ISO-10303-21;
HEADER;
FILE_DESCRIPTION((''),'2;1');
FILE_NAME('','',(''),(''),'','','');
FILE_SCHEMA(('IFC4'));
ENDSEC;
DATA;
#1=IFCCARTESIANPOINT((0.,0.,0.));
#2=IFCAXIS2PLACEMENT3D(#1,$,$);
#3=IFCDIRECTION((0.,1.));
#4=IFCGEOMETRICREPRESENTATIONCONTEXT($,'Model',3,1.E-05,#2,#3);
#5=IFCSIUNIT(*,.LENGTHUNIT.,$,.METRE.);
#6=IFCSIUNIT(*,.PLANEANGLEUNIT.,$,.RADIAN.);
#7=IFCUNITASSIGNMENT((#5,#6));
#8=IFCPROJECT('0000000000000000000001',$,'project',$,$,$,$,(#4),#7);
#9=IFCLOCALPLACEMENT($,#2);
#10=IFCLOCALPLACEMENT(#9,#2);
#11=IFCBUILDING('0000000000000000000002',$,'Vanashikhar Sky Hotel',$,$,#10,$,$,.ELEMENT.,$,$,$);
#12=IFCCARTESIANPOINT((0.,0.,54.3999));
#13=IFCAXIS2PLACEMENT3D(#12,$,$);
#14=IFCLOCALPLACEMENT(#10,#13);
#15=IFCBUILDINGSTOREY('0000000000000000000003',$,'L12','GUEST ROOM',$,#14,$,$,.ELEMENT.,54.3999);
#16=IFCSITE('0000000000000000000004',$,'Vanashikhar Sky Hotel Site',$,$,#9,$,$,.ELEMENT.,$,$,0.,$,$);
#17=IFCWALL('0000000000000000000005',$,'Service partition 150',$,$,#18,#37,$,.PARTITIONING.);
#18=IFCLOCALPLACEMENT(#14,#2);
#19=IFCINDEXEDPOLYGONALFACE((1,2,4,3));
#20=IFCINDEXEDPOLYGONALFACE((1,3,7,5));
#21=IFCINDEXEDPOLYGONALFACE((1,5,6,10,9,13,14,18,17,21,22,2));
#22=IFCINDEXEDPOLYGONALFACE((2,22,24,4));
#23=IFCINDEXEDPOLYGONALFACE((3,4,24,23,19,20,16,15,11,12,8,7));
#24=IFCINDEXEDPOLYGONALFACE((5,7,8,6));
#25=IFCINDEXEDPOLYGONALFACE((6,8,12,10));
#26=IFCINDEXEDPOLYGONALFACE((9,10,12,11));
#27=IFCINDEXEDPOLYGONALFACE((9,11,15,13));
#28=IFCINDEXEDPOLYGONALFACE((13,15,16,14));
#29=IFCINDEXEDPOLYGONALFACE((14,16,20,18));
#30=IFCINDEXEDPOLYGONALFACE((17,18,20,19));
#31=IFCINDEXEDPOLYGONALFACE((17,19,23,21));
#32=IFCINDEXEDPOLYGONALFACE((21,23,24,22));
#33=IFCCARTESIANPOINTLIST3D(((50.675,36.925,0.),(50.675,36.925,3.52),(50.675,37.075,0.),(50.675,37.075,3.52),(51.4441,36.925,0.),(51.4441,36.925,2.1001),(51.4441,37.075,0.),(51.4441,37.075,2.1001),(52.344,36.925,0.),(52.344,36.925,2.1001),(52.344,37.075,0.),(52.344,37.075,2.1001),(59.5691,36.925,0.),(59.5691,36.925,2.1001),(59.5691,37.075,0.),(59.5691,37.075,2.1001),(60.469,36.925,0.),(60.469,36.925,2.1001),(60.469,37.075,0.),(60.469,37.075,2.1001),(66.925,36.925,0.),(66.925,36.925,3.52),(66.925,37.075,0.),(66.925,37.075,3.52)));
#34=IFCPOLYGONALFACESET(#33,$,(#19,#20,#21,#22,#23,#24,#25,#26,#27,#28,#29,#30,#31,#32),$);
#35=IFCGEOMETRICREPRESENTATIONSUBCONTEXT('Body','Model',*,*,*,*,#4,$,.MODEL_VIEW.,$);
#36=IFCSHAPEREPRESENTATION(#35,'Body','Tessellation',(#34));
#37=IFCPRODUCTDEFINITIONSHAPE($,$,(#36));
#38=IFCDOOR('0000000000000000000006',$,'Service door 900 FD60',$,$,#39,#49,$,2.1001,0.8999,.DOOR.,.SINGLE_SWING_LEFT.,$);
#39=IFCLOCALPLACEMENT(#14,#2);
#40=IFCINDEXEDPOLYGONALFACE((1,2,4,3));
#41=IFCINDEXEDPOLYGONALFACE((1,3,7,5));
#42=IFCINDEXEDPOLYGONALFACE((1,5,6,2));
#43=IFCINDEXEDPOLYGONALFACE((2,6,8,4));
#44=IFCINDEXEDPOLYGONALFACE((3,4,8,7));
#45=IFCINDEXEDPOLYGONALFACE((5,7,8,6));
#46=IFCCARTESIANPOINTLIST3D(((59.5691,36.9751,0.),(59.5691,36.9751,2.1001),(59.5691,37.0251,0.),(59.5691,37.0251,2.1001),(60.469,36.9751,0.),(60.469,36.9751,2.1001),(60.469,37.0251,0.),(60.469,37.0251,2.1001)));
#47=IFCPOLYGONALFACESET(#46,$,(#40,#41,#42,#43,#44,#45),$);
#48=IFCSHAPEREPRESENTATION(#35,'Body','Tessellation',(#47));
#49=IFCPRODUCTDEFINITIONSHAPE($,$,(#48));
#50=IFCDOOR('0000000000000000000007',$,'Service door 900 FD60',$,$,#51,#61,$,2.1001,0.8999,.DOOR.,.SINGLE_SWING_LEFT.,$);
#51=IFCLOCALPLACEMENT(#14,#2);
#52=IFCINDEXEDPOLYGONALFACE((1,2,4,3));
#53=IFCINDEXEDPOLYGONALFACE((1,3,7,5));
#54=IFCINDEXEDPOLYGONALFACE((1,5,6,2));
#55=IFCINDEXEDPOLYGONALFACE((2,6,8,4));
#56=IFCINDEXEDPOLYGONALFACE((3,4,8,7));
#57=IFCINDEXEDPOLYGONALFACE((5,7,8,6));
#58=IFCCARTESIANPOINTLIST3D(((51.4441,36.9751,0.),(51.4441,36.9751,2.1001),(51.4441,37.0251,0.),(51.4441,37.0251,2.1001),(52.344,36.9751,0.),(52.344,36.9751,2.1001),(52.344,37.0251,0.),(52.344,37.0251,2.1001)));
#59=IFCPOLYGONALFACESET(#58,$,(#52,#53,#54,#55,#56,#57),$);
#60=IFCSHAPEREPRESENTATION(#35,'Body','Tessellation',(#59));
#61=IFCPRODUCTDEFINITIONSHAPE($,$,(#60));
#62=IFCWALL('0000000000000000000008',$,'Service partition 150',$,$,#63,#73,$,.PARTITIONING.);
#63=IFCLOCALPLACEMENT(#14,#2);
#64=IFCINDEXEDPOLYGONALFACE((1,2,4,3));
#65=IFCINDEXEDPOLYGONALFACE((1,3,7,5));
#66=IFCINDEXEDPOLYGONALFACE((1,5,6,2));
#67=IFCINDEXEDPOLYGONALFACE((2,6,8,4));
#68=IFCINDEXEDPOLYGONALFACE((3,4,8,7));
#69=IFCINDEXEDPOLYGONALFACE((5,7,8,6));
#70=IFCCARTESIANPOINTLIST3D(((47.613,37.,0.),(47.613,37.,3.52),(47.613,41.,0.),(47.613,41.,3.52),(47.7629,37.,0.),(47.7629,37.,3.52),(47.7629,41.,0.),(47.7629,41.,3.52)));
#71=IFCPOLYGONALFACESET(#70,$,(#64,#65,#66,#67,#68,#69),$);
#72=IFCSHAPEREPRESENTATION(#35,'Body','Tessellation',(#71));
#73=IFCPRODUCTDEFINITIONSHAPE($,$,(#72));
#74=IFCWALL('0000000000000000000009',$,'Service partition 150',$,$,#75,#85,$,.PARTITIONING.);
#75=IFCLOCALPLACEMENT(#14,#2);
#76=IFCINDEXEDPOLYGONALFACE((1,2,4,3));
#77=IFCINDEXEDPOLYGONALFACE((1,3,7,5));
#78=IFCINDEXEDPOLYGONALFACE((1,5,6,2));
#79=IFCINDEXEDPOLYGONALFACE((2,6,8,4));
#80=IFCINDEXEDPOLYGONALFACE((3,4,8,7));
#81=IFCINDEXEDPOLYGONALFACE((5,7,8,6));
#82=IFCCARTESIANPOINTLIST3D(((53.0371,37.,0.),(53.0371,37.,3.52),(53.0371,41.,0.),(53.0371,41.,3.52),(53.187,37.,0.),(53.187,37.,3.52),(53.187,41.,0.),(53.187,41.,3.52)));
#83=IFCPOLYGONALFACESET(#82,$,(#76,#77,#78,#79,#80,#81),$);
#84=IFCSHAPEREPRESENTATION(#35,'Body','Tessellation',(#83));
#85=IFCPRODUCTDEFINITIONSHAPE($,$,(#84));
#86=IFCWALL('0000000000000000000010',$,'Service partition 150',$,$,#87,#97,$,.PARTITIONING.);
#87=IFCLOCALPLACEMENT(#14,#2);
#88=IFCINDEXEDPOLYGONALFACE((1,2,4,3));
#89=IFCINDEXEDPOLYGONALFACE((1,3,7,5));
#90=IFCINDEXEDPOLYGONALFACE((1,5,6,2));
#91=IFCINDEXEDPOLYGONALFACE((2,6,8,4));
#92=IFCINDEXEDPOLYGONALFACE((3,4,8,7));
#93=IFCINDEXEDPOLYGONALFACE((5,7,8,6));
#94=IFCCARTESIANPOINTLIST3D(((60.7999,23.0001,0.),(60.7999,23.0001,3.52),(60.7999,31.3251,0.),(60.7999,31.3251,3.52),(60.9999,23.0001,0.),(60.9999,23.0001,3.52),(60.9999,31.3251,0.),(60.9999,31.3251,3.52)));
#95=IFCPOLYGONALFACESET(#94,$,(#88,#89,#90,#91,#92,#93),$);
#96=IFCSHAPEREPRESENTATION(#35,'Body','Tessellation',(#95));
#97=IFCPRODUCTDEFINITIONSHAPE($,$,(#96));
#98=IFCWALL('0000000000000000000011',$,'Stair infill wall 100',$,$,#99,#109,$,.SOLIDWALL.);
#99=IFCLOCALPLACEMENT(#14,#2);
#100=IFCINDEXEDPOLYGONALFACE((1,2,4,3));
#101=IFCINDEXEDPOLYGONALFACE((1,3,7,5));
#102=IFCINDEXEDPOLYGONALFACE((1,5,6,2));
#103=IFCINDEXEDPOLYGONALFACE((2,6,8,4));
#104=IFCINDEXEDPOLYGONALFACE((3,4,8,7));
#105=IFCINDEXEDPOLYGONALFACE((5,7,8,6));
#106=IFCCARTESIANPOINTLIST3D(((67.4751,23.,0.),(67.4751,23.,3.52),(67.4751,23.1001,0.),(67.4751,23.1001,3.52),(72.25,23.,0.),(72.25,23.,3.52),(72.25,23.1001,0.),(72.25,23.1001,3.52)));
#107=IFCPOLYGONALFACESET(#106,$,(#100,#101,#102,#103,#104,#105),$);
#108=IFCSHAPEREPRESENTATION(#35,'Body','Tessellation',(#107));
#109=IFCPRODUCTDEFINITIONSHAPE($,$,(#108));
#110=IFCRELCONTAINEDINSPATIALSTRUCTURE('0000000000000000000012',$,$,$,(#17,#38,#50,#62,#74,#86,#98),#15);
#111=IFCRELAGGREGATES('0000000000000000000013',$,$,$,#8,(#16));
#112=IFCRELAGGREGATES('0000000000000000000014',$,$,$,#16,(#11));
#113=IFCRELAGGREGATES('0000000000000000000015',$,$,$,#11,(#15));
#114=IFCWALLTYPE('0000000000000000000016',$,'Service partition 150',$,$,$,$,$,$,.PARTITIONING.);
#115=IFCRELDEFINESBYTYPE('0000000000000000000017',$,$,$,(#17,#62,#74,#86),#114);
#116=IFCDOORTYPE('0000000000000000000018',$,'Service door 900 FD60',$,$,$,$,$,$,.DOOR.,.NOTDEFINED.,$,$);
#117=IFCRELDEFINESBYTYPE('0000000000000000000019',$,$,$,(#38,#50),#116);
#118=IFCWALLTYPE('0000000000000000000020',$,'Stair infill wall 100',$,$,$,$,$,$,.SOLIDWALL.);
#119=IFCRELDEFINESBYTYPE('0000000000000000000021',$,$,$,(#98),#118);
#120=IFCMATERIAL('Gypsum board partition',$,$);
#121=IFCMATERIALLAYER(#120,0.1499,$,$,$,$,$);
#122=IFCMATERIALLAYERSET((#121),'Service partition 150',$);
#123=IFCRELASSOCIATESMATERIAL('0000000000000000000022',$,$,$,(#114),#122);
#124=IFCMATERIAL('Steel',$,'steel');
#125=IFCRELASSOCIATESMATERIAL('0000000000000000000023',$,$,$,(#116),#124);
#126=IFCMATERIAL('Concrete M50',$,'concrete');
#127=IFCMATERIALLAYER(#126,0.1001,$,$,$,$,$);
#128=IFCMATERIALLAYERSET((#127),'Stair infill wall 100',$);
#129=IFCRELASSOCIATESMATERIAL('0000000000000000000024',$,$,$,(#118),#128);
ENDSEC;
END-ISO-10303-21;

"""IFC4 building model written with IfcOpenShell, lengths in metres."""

from ifc_helpers import new_model, si_unit, direction, frame, frame_2d, origin, place, context, subcontext, project, spatial, rectangle, extrude, source, transform, mapped, material, layer, layer_set, type_object, element, fill, save


model = new_model("IFC4")

# Units and contexts
model_context = context("Model", 3, precision=1e-05, world=origin(), true_north=direction((0.0, 1.0)))
body_context = subcontext(model_context, "Body", "Model", "MODEL_VIEW")
ifc_project = project(units=[si_unit("LENGTHUNIT", "METRE"), si_unit("PLANEANGLEUNIT", "RADIAN")], contexts=[model_context])

# Site, building, storey
site_placement = place(None, origin())
site = spatial("IfcSite", under=ifc_project, at=site_placement, Name="Vanashikhar Sky Hotel Site", CompositionType="ELEMENT", RefElevation=0.0)
building_placement = place(site_placement, origin())
building = spatial("IfcBuilding", under=site, at=building_placement, Name="Vanashikhar Sky Hotel", CompositionType="ELEMENT")
storey_placement = place(building_placement, frame((0.0, 0.0, 54.3999)))
storey = spatial("IfcBuildingStorey", under=building, at=storey_placement, Name="L12", Description="GUEST ROOM", CompositionType="ELEMENT", Elevation=54.3999)

# Shared definitions
ifc_material_1 = material(Name="Steel", Category="steel")

# Shared definitions
ifc_material_2 = material(Name="Gypsum board partition")
ifc_layer_1 = layer(ifc_material_2, 0.1499)
ifc_layer_set_1 = layer_set([ifc_layer_1], Name="Service partition 150")
wall_type_1 = type_object("IfcWallType", Name="Service partition 150", PredefinedType="PARTITIONING", material=ifc_layer_set_1)

# Wall, openings, doors
shared_shape_1 = source(origin(), body_context, "Body", "SweptSolid", [
    extrude(rectangle(XDim=0.8999, YDim=2.1001, at=frame_2d((0.45, 1.05))), frame((0.0, 0.085, 0.0), z_axis=(0.0, -1.0, 0.0), x_axis=(1.0, 0.0, 0.0)), (0.0, 0.0, 1.0), 0.1699),
])
door_type_1 = type_object("IfcDoorType", Name="Service door 900 FD60", OperationType="NOTDEFINED", PredefinedType="DOOR", material=ifc_material_1)
shared_shape_2 = source(origin(), body_context, "Body", "SweptSolid", [
    extrude(rectangle(XDim=0.8999, YDim=2.1001, at=frame_2d((0.45, 1.05))), frame((0.0, 0.0249, 0.0), z_axis=(0.0, -1.0, 0.0), x_axis=(1.0, 0.0, 0.0)), (0.0, 0.0, 1.0), 0.05),
])
shared_shape_3 = source(origin(), body_context, "Body", "SweptSolid", [
    extrude(rectangle(XDim=16.25, YDim=0.1499, at=frame_2d((8.125, 0.0))), origin(), (0.0, 0.0, 1.0), 3.52),
])
wall_1_placement = place(storey_placement, frame((66.925, 37.0, 0.0), z_axis=(0.0, 0.0, 1.0), x_axis=(-1.0, 0.0, 0.0)))
wall_1 = element("IfcWall", 1, at=wall_1_placement, inside=storey, type_object=wall_type_1, Name="Service partition 150", PredefinedType="PARTITIONING", context=body_context, shape_type="MappedRepresentation", body=[
    mapped(shared_shape_3, transform((0.0, 0.0, 0.0), scale=1.0)),
])
opening_1_placement = place(wall_1_placement, frame((6.4561, 0.0, 0.0)))
opening_1 = element("IfcOpeningElement", 2, at=opening_1_placement, cuts=wall_1, PredefinedType="OPENING", context=body_context, shape_type="MappedRepresentation", body=[
    mapped(shared_shape_1, transform((0.0, 0.0, 0.0), scale=1.0)),
])
opening_2_placement = place(wall_1_placement, frame((14.5811, 0.0, 0.0)))
opening_2 = element("IfcOpeningElement", 3, at=opening_2_placement, cuts=wall_1, PredefinedType="OPENING", context=body_context, shape_type="MappedRepresentation", body=[
    mapped(shared_shape_1, transform((0.0, 0.0, 0.0), scale=1.0)),
])
door_1_placement = place(opening_1_placement, origin())
door_1 = element("IfcDoor", 4, at=door_1_placement, inside=storey, type_object=door_type_1, Name="Service door 900 FD60", OperationType="SINGLE_SWING_LEFT", OverallHeight=2.1001, OverallWidth=0.8999, PredefinedType="DOOR", context=body_context, shape_type="MappedRepresentation", body=[
    mapped(shared_shape_2, transform((0.0, 0.0, 0.0), scale=1.0)),
])
fill(opening_1, door_1)
door_2_placement = place(opening_2_placement, origin())
door_2 = element("IfcDoor", 5, at=door_2_placement, inside=storey, type_object=door_type_1, Name="Service door 900 FD60", OperationType="SINGLE_SWING_LEFT", OverallHeight=2.1001, OverallWidth=0.8999, PredefinedType="DOOR", context=body_context, shape_type="MappedRepresentation", body=[
    mapped(shared_shape_2, transform((0.0, 0.0, 0.0), scale=1.0)),
])
fill(opening_2, door_2)

# Walls
shared_shape_4 = source(origin(), body_context, "Body", "SweptSolid", [
    extrude(rectangle(XDim=4.0, YDim=0.1499, at=frame_2d((2.0, 0.0))), origin(), (0.0, 0.0, 1.0), 3.52),
])
for number, where, z_axis, x_axis, name in (
    (6, (47.688, 37.0, 0.0), (0.0, 0.0, 1.0), (0.0, 1.0, 0.0), "Service partition 150"),
    (7, (53.1121, 37.0, 0.0), (0.0, 0.0, 1.0), (0.0, 1.0, 0.0), "Service partition 150"),
):
    element("IfcWall", number, at=place(storey_placement, frame(where, z_axis=z_axis, x_axis=x_axis)), inside=storey, type_object=wall_type_1, Name=name, PredefinedType="PARTITIONING", context=body_context, shape_type="MappedRepresentation", body=[
        mapped(shared_shape_4, transform((0.0, 0.0, 0.0), scale=1.0)),
    ])
shared_shape_5 = source(origin(), body_context, "Body", "SweptSolid", [
    extrude(rectangle(XDim=8.325, YDim=0.2, at=frame_2d((4.1626, 0.0))), origin(), (0.0, 0.0, 1.0), 3.52),
])
wall_2_placement = place(storey_placement, frame((60.8999, 23.0, 0.0), z_axis=(0.0, 0.0, 1.0), x_axis=(0.0, 1.0, 0.0)))
element("IfcWall", 8, at=wall_2_placement, inside=storey, type_object=wall_type_1, Name="Service partition 150", PredefinedType="PARTITIONING", context=body_context, shape_type="MappedRepresentation", body=[
    mapped(shared_shape_5, transform((0.0, 0.0, 0.0), scale=1.0)),
])
ifc_material_3 = material(Name="Concrete M50", Category="concrete")
ifc_layer_2 = layer(ifc_material_3, 0.1001)
ifc_layer_set_2 = layer_set([ifc_layer_2], Name="Stair infill wall 100")
wall_type_2 = type_object("IfcWallType", Name="Stair infill wall 100", PredefinedType="SOLIDWALL", material=ifc_layer_set_2)
shared_shape_6 = source(origin(), body_context, "Body", "SweptSolid", [
    extrude(rectangle(XDim=4.7749, YDim=0.1001, at=frame_2d((2.3875, 0.0))), origin(), (0.0, 0.0, 1.0), 3.52),
])
wall_3_placement = place(storey_placement, frame((67.4751, 23.05, 0.0), z_axis=(0.0, 0.0, 1.0), x_axis=(1.0, 0.0, 0.0)))
element("IfcWall", 9, at=wall_3_placement, inside=storey, type_object=wall_type_2, Name="Stair infill wall 100", PredefinedType="SOLIDWALL", context=body_context, shape_type="MappedRepresentation", body=[
    mapped(shared_shape_6, transform((0.0, 0.0, 0.0), scale=1.0)),
])

save(model, "model.ifc")
